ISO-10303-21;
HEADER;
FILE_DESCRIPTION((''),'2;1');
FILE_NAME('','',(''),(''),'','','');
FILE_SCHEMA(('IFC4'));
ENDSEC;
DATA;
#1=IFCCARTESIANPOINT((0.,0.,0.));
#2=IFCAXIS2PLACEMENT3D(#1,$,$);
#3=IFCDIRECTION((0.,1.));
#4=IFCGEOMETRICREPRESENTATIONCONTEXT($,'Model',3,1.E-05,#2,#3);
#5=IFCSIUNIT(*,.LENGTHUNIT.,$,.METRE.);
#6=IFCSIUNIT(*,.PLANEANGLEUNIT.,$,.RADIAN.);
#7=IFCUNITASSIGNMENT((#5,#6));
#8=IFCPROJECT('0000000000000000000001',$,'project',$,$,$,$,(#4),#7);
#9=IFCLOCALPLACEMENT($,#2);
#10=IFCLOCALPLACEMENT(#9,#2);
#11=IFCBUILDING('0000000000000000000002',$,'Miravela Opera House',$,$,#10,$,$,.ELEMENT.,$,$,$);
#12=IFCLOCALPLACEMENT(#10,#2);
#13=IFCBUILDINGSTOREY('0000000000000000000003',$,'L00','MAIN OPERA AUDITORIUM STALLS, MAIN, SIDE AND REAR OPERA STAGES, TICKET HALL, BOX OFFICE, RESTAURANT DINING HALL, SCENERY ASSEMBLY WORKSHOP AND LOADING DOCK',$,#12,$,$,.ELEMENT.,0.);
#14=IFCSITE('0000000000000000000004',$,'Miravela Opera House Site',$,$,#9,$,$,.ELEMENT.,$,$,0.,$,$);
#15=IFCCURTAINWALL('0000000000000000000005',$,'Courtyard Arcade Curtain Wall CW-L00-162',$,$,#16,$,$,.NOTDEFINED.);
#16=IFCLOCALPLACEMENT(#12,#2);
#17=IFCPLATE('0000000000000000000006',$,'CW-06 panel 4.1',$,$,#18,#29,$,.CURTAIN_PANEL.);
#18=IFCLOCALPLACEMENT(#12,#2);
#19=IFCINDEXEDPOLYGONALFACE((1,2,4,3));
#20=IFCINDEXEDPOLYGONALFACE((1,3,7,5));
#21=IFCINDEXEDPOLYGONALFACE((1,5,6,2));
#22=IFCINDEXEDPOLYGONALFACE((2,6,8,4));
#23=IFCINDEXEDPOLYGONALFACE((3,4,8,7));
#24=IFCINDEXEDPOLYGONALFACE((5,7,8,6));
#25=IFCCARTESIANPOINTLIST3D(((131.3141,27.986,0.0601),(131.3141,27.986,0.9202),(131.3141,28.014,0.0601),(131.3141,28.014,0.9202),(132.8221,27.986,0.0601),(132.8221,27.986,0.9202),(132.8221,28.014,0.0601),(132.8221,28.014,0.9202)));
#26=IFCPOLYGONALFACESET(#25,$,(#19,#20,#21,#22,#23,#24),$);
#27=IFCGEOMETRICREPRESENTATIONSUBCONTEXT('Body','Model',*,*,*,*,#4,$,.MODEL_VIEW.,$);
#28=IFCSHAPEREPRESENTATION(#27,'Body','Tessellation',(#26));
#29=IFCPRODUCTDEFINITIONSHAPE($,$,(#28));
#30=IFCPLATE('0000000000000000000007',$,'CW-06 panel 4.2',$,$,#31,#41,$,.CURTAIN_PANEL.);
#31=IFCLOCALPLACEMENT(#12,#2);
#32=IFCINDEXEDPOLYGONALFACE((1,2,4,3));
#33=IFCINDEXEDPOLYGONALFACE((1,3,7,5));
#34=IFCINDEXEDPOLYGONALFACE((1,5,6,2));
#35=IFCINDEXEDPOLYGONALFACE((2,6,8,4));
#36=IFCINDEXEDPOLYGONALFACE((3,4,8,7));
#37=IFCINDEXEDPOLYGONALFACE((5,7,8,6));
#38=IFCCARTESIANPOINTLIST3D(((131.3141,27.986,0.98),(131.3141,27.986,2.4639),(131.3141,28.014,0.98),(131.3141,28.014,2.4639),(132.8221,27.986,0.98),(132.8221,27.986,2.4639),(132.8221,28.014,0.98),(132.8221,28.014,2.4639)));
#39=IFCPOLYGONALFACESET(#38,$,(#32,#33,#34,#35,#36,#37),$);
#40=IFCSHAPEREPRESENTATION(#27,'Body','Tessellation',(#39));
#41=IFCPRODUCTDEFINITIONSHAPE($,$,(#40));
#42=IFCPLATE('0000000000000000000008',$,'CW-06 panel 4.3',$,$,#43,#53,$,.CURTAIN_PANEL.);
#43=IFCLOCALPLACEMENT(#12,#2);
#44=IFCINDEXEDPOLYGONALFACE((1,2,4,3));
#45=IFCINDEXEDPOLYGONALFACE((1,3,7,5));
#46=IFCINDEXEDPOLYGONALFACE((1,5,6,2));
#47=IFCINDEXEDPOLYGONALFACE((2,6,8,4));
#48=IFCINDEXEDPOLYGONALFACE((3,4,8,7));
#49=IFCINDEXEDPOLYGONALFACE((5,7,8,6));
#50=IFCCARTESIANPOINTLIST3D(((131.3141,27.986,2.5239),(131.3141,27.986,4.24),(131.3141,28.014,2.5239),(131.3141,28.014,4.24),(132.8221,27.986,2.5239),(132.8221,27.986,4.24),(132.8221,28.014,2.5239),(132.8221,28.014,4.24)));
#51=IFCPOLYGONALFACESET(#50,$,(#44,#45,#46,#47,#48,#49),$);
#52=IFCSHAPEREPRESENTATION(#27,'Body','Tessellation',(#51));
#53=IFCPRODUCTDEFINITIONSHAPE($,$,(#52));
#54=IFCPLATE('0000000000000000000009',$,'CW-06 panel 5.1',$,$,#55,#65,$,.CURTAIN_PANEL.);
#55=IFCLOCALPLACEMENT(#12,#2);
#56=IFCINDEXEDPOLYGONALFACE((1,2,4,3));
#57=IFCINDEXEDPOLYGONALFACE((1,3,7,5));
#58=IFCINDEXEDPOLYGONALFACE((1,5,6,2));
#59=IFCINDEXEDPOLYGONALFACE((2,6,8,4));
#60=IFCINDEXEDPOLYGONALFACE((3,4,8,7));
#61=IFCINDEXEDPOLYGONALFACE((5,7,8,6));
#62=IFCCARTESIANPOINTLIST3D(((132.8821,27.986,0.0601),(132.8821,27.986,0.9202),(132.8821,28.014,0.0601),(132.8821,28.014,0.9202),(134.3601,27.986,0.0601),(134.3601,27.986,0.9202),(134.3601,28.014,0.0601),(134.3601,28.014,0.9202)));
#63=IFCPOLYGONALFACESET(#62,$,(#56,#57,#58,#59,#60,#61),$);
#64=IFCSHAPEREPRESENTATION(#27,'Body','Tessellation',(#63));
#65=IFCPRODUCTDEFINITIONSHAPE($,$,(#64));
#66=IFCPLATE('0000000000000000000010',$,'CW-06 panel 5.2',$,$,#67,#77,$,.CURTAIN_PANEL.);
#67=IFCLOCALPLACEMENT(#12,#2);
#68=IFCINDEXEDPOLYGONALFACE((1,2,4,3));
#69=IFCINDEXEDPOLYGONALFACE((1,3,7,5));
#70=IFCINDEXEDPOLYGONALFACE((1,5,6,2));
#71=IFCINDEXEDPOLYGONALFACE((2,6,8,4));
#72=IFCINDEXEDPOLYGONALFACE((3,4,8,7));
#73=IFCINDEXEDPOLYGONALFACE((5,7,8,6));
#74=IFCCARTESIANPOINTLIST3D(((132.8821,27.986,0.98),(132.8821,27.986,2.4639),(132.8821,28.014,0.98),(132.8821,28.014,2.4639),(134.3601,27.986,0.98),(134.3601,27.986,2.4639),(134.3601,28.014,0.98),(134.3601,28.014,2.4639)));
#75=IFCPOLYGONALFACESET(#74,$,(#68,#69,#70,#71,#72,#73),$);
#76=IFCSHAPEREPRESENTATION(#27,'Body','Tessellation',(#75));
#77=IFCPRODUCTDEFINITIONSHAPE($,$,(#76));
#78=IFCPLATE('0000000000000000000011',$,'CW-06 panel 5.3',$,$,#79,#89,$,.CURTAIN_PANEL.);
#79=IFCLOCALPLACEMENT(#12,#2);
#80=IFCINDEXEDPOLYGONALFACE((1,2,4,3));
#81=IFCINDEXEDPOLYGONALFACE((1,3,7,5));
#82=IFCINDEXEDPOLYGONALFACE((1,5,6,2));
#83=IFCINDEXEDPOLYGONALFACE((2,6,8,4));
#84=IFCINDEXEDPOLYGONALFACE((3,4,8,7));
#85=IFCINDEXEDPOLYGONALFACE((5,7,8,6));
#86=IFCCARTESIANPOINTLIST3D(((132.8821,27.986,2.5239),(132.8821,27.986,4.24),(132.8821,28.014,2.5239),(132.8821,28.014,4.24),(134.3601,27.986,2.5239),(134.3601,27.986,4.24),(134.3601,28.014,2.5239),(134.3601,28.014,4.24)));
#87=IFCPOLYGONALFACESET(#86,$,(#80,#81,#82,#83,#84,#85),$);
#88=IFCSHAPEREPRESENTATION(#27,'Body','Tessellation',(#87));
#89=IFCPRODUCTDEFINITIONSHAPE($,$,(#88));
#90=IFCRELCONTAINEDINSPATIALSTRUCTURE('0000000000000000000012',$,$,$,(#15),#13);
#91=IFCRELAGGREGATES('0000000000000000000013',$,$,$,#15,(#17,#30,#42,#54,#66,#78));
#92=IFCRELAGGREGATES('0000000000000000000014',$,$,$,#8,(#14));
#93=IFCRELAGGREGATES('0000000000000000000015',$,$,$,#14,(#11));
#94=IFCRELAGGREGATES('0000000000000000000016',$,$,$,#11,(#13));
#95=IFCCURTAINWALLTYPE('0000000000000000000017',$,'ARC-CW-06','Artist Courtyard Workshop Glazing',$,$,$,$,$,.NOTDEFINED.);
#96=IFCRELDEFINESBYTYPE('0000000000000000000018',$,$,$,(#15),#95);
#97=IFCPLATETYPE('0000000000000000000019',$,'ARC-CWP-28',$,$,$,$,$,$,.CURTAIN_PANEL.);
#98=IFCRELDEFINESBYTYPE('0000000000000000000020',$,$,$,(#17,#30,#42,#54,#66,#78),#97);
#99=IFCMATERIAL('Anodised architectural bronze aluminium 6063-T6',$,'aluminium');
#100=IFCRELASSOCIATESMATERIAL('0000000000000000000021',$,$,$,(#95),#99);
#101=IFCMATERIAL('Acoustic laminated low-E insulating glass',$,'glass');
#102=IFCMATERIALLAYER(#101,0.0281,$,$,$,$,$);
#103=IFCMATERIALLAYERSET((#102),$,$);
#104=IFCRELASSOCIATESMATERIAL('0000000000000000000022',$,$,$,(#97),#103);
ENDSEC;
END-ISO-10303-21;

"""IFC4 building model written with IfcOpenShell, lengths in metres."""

from ifc_helpers import new_model, si_unit, direction, frame, origin, origin_2d, place, context, subcontext, project, spatial, rectangle, extrude, material, layer, layer_set, type_object, element, aggregate, save


model = new_model("IFC4")

# Units and contexts
model_context = context("Model", 3, precision=1e-05, world=origin(), true_north=direction((0.0, 1.0)))
body_context = subcontext(model_context, "Body", "Model", "MODEL_VIEW")
ifc_project = project(units=[si_unit("LENGTHUNIT", "METRE"), si_unit("PLANEANGLEUNIT", "RADIAN")], contexts=[model_context])

# Site, building, storey
site_placement = place(None, origin())
site = spatial("IfcSite", under=ifc_project, at=site_placement, Name="Miravela Opera House Site", CompositionType="ELEMENT", RefElevation=0.0)
building_placement = place(site_placement, origin())
building = spatial("IfcBuilding", under=site, at=building_placement, Name="Miravela Opera House", CompositionType="ELEMENT")
storey_placement = place(building_placement, origin())
storey = spatial("IfcBuildingStorey", under=building, at=storey_placement, Name="L00", Description="MAIN OPERA AUDITORIUM STALLS, MAIN, SIDE AND REAR OPERA STAGES, TICKET HALL, BOX OFFICE, RESTAURANT DINING HALL, SCENERY ASSEMBLY WORKSHOP AND LOADING DOCK", CompositionType="ELEMENT", Elevation=0.0)

# Curtain wall
ifc_material_1 = material(Name="Anodised architectural bronze aluminium 6063-T6", Category="aluminium")
curtain_wall_type = type_object("IfcCurtainWallType", Name="ARC-CW-06", Description="Artist Courtyard Workshop Glazing", PredefinedType="NOTDEFINED", material=ifc_material_1)
curtain_wall_placement = place(storey_placement, origin())
curtain_wall = element("IfcCurtainWall", 1, at=curtain_wall_placement, inside=storey, type_object=curtain_wall_type, Name="Courtyard Arcade Curtain Wall CW-L00-162", PredefinedType="NOTDEFINED")

# Plates
ifc_material_2 = material(Name="Acoustic laminated low-E insulating glass", Category="glass")
ifc_layer = layer(ifc_material_2, 0.0281)
ifc_layer_set = layer_set([ifc_layer])
plate_type = type_object("IfcPlateType", Name="ARC-CWP-28", PredefinedType="CURTAIN_PANEL", material=ifc_layer_set)
plate_1_placement = place(storey_placement, frame((132.0681, 28.0, 0.0601), z_axis=(0.0, 0.0, 1.0), x_axis=(1.0, 0.0, 0.0)))
plate_1 = element("IfcPlate", 2, at=plate_1_placement, type_object=plate_type, Name="CW-06 panel 4.1", PredefinedType="CURTAIN_PANEL", context=body_context, shape_type="SweptSolid", body=[
    extrude(rectangle(XDim=1.5081, YDim=0.0281, at=origin_2d()), origin(), (0.0, 0.0, 1.0), 0.8601),
])
plate_2_placement = place(storey_placement, frame((132.0681, 28.0, 0.98), z_axis=(0.0, 0.0, 1.0), x_axis=(1.0, 0.0, 0.0)))
plate_2 = element("IfcPlate", 3, at=plate_2_placement, type_object=plate_type, Name="CW-06 panel 4.2", PredefinedType="CURTAIN_PANEL", context=body_context, shape_type="SweptSolid", body=[
    extrude(rectangle(XDim=1.5081, YDim=0.0281, at=origin_2d()), origin(), (0.0, 0.0, 1.0), 1.4839),
])
plate_3_placement = place(storey_placement, frame((132.0681, 28.0, 2.5239), z_axis=(0.0, 0.0, 1.0), x_axis=(1.0, 0.0, 0.0)))
plate_3 = element("IfcPlate", 4, at=plate_3_placement, type_object=plate_type, Name="CW-06 panel 4.3", PredefinedType="CURTAIN_PANEL", context=body_context, shape_type="SweptSolid", body=[
    extrude(rectangle(XDim=1.5081, YDim=0.0281, at=origin_2d()), origin(), (0.0, 0.0, 1.0), 1.7161),
])
plate_4_placement = place(storey_placement, frame((133.6211, 28.0, 0.0601), z_axis=(0.0, 0.0, 1.0), x_axis=(1.0, 0.0, 0.0)))
plate_4 = element("IfcPlate", 5, at=plate_4_placement, type_object=plate_type, Name="CW-06 panel 5.1", PredefinedType="CURTAIN_PANEL", context=body_context, shape_type="SweptSolid", body=[
    extrude(rectangle(XDim=1.478, YDim=0.0281, at=origin_2d()), origin(), (0.0, 0.0, 1.0), 0.8601),
])
plate_5_placement = place(storey_placement, frame((133.6211, 28.0, 0.98), z_axis=(0.0, 0.0, 1.0), x_axis=(1.0, 0.0, 0.0)))
plate_5 = element("IfcPlate", 6, at=plate_5_placement, type_object=plate_type, Name="CW-06 panel 5.2", PredefinedType="CURTAIN_PANEL", context=body_context, shape_type="SweptSolid", body=[
    extrude(rectangle(XDim=1.478, YDim=0.0281, at=origin_2d()), origin(), (0.0, 0.0, 1.0), 1.4839),
])
plate_6_placement = place(storey_placement, frame((133.6211, 28.0, 2.5239), z_axis=(0.0, 0.0, 1.0), x_axis=(1.0, 0.0, 0.0)))
plate_6 = element("IfcPlate", 7, at=plate_6_placement, type_object=plate_type, Name="CW-06 panel 5.3", PredefinedType="CURTAIN_PANEL", context=body_context, shape_type="SweptSolid", body=[
    extrude(rectangle(XDim=1.478, YDim=0.0281, at=origin_2d()), origin(), (0.0, 0.0, 1.0), 1.7161),
])
aggregate(curtain_wall, [plate_1, plate_2, plate_3, plate_4, plate_5, plate_6])

save(model, "model.ifc")
